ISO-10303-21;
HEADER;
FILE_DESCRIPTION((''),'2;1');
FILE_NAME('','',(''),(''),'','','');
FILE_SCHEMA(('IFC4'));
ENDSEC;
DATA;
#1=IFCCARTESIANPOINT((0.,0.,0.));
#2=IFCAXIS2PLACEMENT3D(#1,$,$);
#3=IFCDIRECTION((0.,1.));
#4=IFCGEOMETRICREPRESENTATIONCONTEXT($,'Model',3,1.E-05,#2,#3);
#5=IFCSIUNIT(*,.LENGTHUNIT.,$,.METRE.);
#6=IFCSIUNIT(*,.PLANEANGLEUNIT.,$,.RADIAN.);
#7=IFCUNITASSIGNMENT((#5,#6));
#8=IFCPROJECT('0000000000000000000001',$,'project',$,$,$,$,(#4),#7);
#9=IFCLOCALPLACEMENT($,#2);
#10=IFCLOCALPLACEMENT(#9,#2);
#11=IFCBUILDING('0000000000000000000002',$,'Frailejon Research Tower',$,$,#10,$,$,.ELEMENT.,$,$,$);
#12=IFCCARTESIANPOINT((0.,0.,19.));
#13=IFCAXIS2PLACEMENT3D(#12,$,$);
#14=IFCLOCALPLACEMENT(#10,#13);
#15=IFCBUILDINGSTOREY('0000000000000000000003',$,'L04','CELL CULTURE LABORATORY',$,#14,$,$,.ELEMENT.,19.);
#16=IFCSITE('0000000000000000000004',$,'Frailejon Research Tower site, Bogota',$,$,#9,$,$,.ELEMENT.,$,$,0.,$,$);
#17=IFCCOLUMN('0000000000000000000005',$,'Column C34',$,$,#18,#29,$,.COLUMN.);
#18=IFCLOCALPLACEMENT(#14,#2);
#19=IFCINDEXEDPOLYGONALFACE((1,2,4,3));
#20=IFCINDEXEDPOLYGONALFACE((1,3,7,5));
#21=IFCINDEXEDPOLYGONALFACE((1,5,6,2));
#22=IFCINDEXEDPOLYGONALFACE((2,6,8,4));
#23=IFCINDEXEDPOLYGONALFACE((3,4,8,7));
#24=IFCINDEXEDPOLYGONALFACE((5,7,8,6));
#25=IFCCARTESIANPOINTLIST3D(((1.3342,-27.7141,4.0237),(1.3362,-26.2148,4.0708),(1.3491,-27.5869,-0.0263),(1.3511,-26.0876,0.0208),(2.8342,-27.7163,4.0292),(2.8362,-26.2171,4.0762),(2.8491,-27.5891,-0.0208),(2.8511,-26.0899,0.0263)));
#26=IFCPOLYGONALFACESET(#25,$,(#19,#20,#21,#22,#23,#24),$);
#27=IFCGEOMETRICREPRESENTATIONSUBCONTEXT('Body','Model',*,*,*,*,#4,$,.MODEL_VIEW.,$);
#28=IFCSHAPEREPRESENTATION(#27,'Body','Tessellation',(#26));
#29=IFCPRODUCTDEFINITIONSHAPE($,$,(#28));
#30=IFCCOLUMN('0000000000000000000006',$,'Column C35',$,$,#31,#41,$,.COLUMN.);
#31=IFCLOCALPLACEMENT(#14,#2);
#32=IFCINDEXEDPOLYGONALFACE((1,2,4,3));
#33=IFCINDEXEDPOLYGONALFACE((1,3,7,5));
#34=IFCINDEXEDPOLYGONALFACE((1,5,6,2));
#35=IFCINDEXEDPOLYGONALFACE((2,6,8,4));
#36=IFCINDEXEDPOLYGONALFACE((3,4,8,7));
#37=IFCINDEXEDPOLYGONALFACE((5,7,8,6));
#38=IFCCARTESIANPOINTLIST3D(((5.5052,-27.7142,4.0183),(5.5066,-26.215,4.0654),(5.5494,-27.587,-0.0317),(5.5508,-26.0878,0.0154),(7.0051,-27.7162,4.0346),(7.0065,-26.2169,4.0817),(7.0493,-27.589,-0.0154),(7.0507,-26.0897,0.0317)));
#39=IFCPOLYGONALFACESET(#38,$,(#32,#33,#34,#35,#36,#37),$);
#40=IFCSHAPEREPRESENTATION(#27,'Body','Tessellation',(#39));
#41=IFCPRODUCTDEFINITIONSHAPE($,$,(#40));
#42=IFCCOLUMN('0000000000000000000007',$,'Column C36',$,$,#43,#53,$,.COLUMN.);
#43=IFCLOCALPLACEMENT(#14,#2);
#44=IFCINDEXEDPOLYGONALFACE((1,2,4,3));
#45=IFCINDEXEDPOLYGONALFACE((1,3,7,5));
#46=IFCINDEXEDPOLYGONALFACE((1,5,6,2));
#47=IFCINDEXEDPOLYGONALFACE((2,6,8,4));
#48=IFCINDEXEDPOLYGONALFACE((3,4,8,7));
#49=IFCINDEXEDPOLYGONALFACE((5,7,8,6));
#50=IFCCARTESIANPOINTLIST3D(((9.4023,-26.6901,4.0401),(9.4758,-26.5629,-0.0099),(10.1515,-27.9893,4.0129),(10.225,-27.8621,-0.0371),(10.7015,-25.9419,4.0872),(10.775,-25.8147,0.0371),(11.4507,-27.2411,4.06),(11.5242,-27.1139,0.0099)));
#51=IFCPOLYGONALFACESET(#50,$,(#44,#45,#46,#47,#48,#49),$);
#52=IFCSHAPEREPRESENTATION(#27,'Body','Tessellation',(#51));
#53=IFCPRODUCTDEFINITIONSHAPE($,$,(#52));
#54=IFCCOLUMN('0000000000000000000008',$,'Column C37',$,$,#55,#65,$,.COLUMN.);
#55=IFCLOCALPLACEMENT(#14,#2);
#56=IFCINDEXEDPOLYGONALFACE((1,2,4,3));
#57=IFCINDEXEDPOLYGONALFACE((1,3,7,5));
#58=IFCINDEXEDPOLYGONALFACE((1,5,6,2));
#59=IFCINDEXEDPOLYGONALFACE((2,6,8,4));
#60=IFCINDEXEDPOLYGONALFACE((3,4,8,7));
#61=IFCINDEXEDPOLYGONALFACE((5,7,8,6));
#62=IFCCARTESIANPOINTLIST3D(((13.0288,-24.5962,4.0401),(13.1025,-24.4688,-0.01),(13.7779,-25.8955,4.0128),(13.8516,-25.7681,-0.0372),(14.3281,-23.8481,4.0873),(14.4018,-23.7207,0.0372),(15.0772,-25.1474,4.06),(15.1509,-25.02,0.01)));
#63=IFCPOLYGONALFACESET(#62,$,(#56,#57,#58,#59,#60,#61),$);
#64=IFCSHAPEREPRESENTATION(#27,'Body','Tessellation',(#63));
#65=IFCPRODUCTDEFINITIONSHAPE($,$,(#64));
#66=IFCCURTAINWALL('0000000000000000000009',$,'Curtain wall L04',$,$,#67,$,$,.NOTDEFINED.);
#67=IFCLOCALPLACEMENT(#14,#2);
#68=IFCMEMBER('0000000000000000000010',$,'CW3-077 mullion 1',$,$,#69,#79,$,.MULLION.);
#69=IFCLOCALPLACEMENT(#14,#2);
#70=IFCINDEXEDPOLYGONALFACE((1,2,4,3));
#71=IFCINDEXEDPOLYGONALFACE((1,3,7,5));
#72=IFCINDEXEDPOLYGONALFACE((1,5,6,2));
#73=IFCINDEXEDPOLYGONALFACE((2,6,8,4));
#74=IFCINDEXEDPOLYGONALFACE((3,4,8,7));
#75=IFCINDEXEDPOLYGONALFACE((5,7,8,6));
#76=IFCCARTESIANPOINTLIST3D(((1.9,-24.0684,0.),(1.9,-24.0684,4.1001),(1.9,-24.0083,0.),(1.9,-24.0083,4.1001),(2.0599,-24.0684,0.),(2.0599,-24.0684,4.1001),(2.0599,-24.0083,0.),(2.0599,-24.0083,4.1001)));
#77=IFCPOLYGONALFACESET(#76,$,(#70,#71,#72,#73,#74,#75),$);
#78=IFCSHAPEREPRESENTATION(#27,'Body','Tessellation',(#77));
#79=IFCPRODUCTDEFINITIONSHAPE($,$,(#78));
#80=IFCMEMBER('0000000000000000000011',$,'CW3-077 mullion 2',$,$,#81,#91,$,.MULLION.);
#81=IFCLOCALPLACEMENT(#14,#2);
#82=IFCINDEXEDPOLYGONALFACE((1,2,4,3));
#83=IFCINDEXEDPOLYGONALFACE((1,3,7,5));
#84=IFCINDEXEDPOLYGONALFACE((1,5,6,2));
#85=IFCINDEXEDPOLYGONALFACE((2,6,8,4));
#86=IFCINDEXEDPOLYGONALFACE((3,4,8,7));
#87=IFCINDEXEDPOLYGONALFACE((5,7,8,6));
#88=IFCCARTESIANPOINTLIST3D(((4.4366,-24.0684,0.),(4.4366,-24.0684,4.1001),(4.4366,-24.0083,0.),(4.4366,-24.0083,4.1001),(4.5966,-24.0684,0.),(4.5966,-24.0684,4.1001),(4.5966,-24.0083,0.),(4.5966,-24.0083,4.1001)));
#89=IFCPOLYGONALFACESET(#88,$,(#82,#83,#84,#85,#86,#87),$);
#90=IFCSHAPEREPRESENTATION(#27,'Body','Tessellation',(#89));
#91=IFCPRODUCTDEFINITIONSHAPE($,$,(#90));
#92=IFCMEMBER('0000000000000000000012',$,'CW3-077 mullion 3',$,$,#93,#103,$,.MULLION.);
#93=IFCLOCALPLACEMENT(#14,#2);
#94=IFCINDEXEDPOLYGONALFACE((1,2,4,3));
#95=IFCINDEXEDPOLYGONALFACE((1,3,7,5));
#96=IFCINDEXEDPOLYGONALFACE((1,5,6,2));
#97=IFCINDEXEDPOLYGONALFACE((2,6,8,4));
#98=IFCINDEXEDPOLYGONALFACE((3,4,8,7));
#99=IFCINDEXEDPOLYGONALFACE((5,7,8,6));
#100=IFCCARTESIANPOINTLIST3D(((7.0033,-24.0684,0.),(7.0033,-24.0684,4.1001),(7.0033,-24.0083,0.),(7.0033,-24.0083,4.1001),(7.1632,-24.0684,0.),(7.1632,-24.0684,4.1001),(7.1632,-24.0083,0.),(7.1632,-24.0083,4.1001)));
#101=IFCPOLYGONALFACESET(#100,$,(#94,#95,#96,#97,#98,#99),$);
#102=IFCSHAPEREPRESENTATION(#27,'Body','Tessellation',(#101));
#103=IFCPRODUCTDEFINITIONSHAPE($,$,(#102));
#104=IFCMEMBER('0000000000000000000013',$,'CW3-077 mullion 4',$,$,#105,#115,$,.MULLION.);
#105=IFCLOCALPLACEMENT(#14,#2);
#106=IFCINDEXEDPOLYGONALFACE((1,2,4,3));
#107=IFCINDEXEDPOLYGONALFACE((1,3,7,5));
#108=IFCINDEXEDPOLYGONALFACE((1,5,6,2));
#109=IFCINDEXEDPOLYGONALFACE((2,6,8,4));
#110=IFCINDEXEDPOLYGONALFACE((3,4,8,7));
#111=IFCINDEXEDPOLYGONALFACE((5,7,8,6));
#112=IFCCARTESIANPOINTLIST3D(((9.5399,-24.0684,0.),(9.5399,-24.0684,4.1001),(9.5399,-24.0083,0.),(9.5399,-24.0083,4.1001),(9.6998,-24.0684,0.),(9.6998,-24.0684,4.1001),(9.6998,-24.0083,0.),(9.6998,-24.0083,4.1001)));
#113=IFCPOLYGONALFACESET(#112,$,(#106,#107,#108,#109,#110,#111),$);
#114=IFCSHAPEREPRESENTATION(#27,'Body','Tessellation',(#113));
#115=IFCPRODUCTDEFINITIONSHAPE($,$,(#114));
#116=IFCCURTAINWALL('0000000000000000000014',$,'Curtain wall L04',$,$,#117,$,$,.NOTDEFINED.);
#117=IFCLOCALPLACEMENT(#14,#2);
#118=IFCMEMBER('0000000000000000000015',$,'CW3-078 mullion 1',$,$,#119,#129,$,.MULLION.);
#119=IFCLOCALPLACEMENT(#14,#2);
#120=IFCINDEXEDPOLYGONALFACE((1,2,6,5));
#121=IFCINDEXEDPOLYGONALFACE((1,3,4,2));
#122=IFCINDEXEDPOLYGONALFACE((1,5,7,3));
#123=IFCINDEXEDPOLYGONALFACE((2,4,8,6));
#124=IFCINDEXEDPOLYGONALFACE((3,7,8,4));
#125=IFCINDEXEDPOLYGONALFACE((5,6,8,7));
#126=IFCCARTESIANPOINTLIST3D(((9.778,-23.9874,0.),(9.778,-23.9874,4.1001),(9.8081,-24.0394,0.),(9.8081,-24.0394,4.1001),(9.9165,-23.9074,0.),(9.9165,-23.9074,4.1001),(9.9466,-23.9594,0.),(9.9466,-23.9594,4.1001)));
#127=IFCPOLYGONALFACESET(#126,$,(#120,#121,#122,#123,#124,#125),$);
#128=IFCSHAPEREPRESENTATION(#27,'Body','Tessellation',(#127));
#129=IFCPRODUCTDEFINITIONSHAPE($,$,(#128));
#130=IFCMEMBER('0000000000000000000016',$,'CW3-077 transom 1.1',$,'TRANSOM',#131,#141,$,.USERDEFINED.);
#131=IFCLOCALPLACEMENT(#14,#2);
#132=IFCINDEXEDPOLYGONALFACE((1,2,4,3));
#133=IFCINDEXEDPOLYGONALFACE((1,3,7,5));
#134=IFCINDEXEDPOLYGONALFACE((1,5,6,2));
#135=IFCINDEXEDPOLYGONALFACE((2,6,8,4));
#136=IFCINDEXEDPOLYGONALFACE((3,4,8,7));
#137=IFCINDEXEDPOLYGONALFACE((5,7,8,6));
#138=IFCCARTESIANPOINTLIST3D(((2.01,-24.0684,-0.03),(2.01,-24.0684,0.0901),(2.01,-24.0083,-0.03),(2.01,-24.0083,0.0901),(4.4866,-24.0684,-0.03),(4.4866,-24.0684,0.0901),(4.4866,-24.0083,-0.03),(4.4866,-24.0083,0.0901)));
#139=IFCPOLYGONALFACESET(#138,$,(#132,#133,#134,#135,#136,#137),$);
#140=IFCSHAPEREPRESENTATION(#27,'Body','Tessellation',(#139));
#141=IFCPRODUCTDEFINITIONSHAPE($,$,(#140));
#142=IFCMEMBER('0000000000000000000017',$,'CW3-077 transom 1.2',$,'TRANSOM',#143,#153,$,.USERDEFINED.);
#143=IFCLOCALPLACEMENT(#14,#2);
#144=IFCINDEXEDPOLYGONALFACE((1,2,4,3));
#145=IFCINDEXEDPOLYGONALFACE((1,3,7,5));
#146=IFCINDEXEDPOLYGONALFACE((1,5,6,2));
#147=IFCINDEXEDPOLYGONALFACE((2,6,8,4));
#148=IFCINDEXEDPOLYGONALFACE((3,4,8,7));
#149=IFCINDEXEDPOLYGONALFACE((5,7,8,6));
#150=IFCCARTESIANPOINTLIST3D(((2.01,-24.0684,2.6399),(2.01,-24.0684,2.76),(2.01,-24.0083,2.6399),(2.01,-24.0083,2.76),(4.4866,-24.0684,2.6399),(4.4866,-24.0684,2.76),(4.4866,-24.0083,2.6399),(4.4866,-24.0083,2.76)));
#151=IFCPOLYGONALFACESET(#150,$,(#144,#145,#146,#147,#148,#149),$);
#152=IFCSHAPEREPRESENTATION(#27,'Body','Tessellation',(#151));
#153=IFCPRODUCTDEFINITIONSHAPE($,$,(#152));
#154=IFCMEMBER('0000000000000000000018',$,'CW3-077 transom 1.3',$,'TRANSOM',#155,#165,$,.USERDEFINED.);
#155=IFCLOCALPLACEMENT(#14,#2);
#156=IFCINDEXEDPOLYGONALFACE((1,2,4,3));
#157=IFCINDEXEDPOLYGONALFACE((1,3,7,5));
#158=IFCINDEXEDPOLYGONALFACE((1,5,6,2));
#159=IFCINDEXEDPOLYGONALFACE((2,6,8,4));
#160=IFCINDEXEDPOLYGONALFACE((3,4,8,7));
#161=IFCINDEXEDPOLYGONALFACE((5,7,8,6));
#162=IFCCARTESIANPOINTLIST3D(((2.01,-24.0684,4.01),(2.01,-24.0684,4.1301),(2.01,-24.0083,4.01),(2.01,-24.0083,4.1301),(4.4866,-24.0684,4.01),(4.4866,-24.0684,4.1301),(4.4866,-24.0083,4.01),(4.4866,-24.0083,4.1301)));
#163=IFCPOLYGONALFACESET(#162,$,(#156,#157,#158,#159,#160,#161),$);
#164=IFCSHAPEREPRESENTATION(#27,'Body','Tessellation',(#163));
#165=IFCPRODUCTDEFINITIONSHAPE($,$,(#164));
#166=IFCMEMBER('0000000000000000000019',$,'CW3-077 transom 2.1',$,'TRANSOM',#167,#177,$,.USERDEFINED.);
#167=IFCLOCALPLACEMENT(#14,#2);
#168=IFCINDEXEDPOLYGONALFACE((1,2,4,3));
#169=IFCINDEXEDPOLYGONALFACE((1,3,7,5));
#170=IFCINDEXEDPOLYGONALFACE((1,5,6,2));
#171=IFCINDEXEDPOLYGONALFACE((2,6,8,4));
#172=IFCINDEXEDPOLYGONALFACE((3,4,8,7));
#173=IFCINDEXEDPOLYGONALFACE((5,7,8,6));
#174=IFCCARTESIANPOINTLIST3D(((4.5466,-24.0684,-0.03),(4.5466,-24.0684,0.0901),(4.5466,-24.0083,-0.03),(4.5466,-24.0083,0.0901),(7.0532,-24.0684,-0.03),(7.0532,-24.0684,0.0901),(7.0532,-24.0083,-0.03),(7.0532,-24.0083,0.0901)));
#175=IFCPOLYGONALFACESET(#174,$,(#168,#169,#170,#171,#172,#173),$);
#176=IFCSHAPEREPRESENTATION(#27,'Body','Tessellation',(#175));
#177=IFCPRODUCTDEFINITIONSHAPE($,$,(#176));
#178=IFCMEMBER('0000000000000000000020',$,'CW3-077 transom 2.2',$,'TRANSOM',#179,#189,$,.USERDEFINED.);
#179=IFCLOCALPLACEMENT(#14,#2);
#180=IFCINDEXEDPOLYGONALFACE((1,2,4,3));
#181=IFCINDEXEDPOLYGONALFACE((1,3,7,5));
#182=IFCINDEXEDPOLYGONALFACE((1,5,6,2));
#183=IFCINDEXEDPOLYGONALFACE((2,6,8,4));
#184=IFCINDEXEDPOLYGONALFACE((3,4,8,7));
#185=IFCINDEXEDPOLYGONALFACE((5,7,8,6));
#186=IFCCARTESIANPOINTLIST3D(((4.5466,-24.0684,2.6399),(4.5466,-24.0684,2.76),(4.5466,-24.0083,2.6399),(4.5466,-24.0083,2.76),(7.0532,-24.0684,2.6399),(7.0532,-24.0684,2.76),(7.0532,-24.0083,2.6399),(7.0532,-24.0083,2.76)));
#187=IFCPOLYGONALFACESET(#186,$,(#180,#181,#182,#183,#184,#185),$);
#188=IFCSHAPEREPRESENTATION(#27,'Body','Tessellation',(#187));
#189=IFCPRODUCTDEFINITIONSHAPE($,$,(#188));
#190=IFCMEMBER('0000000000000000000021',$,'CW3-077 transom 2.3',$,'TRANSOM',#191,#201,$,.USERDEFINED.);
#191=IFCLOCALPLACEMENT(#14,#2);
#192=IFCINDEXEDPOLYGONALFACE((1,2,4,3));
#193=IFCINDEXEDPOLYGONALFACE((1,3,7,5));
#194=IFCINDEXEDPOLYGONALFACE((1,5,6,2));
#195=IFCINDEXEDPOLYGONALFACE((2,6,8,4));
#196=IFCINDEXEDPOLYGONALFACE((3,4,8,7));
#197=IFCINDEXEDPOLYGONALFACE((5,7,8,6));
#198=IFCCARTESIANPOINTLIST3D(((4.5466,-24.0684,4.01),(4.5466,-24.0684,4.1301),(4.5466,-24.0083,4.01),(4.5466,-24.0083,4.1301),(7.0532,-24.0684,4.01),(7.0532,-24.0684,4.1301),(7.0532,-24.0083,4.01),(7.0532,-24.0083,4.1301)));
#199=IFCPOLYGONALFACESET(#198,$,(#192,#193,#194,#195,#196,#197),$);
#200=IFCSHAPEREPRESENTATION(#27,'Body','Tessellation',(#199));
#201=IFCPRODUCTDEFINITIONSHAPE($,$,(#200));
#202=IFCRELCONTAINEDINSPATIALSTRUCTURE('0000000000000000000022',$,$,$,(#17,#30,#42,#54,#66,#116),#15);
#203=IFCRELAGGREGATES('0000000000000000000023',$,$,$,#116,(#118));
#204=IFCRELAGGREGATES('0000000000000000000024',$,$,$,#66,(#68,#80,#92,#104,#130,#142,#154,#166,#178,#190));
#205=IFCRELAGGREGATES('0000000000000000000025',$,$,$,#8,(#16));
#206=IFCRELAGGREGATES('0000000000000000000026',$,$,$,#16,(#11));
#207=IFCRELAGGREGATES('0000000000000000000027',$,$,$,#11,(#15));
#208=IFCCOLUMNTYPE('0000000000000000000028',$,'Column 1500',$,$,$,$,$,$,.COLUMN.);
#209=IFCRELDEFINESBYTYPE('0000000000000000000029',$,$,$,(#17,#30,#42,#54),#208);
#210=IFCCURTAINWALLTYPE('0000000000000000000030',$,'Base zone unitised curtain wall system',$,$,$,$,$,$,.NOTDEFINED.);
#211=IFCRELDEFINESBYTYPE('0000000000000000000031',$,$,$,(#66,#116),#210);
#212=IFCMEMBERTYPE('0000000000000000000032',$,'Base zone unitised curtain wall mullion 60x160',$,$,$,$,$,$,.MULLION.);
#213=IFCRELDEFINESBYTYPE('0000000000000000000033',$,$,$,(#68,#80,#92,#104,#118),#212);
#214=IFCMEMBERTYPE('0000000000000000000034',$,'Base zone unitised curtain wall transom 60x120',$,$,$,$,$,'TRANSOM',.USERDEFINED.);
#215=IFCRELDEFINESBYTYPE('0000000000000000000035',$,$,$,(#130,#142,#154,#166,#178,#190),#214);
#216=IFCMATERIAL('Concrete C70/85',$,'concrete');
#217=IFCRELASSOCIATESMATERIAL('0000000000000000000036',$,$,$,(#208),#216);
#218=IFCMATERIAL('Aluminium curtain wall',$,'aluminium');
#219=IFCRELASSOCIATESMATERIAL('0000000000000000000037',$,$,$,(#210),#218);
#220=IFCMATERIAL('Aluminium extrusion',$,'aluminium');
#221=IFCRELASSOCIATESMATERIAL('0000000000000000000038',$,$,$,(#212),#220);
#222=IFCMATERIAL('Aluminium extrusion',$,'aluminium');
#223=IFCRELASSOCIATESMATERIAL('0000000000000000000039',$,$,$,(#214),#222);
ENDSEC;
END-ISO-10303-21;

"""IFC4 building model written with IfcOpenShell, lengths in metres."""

from ifc_helpers import new_model, si_unit, direction, frame, origin, origin_2d, place, context, subcontext, project, spatial, rectangle, extrude, material, material_profile, profile_set, type_object, element, aggregate, save


model = new_model("IFC4")

# Units and contexts
model_context = context("Model", 3, precision=1e-05, world=origin(), true_north=direction((0.0, 1.0)))
body_context = subcontext(model_context, "Body", "Model", "MODEL_VIEW")
ifc_project = project(units=[si_unit("LENGTHUNIT", "METRE"), si_unit("PLANEANGLEUNIT", "RADIAN")], contexts=[model_context])

# Site, building, storey
site_placement = place(None, origin())
site = spatial("IfcSite", under=ifc_project, at=site_placement, Name="Frailejon Research Tower site, Bogota", CompositionType="ELEMENT", RefElevation=0.0)
building_placement = place(site_placement, origin())
building = spatial("IfcBuilding", under=site, at=building_placement, Name="Frailejon Research Tower", CompositionType="ELEMENT")
storey_placement = place(building_placement, frame((0.0, 0.0, 19.0)))
storey = spatial("IfcBuildingStorey", under=building, at=storey_placement, Name="L04", Description="CELL CULTURE LABORATORY", CompositionType="ELEMENT", Elevation=19.0)

# Columns
ifc_material_1 = material(Name="Concrete C70/85", Category="concrete")
ifc_material_profile_1 = material_profile(ifc_material_1, rectangle(XDim=1.5, YDim=1.5, at=origin_2d()), Name="Column 1500")
ifc_profile_set_1 = profile_set([ifc_material_profile_1], Name="Concrete C70/85")
column_type = type_object("IfcColumnType", Name="Column 1500", PredefinedType="COLUMN", material=ifc_profile_set_1)
column_1_placement = place(storey_placement, frame((2.1001, -26.8384, 0.0), z_axis=(-0.003675, -0.031391, 0.9995), x_axis=(0.999992, -0.001487, 0.00363)))
element("IfcColumn", 1, at=column_1_placement, inside=storey, type_object=column_type, Name="Column C34", PredefinedType="COLUMN", context=body_context, shape_type="SweptSolid", body=[
    extrude(rectangle(XDim=1.5, YDim=1.5, at=origin_2d()), origin(), (0.0, 0.0, 1.0), 4.052),
])
column_2_placement = place(storey_placement, frame((6.3, -26.8384, 0.0), z_axis=(-0.010905, -0.031389, 0.999448), x_axis=(0.99994, -0.001287, 0.01087)))
element("IfcColumn", 2, at=column_2_placement, inside=storey, type_object=column_type, Name="Column C35", PredefinedType="COLUMN", context=body_context, shape_type="SweptSolid", body=[
    extrude(rectangle(XDim=1.5, YDim=1.5, at=origin_2d()), origin(), (0.0, 0.0, 1.0), 4.0522),
])
for number, where, z_axis, x_axis, name in (
    (3, (10.5, -26.8384, 0.0), (-0.018133, -0.031386, 0.999343), (0.866156, 0.498787, 0.031381), "Column C36"),
    (4, (14.1267, -24.7444, 0.0), (-0.018193, -0.031446, 0.99934), (0.866186, 0.49873, 0.031462), "Column C37"),
):
    element("IfcColumn", number, at=place(storey_placement, frame(where, z_axis=z_axis, x_axis=x_axis)), inside=storey, type_object=column_type, Name=name, PredefinedType="COLUMN", context=body_context, shape_type="SweptSolid", body=[
        extrude(rectangle(XDim=1.5, YDim=1.5, at=origin_2d()), origin(), (0.0, 0.0, 1.0), 4.0527),
    ])

# Curtain wall, members
ifc_material_2 = material(Name="Aluminium curtain wall", Category="aluminium")
curtain_wall_type = type_object("IfcCurtainWallType", Name="Base zone unitised curtain wall system", PredefinedType="NOTDEFINED", material=ifc_material_2)
curtain_wall_1_placement = place(storey_placement, origin())
curtain_wall_1 = element("IfcCurtainWall", 5, at=curtain_wall_1_placement, inside=storey, type_object=curtain_wall_type, Name="Curtain wall L04", PredefinedType="NOTDEFINED")
ifc_material_3 = material(Name="Aluminium extrusion", Category="aluminium")
ifc_material_profile_2 = material_profile(ifc_material_3, rectangle(XDim=0.0601, YDim=0.1599, at=origin_2d()), Name="Base zone unitised curtain wall mullion 60x160")
ifc_profile_set_2 = profile_set([ifc_material_profile_2], Name="Aluminium extrusion")
member_type_1 = type_object("IfcMemberType", Name="Base zone unitised curtain wall mullion 60x160", PredefinedType="MULLION", material=ifc_profile_set_2)
member_1_placement = place(storey_placement, frame((1.98, -24.0383, 0.0), z_axis=(0.0, 0.0, 1.0), x_axis=(0.0, 1.0, 0.0)))
member_1 = element("IfcMember", 6, at=member_1_placement, type_object=member_type_1, Name="CW3-077 mullion 1", PredefinedType="MULLION", context=body_context, shape_type="SweptSolid", body=[
    extrude(rectangle(XDim=0.0601, YDim=0.1599, at=origin_2d()), origin(), (0.0, 0.0, 1.0), 4.1001),
])
member_2_placement = place(storey_placement, frame((4.5166, -24.0383, 0.0), z_axis=(0.0, 0.0, 1.0), x_axis=(0.0, 1.0, 0.0)))
member_2 = element("IfcMember", 7, at=member_2_placement, type_object=member_type_1, Name="CW3-077 mullion 2", PredefinedType="MULLION", context=body_context, shape_type="SweptSolid", body=[
    extrude(rectangle(XDim=0.0601, YDim=0.1599, at=origin_2d()), origin(), (0.0, 0.0, 1.0), 4.1001),
])
member_3_placement = place(storey_placement, frame((7.0833, -24.0383, 0.0), z_axis=(0.0, 0.0, 1.0), x_axis=(0.0, 1.0, 0.0)))
member_3 = element("IfcMember", 8, at=member_3_placement, type_object=member_type_1, Name="CW3-077 mullion 3", PredefinedType="MULLION", context=body_context, shape_type="SweptSolid", body=[
    extrude(rectangle(XDim=0.0601, YDim=0.1599, at=origin_2d()), origin(), (0.0, 0.0, 1.0), 4.1001),
])
member_4_placement = place(storey_placement, frame((9.6199, -24.0383, 0.0), z_axis=(0.0, 0.0, 1.0), x_axis=(0.0, 1.0, 0.0)))
member_4 = element("IfcMember", 9, at=member_4_placement, type_object=member_type_1, Name="CW3-077 mullion 4", PredefinedType="MULLION", context=body_context, shape_type="SweptSolid", body=[
    extrude(rectangle(XDim=0.0601, YDim=0.1599, at=origin_2d()), origin(), (0.0, 0.0, 1.0), 4.1001),
])

# Curtain wall, member
curtain_wall_2_placement = place(storey_placement, origin())
curtain_wall_2 = element("IfcCurtainWall", 10, at=curtain_wall_2_placement, inside=storey, type_object=curtain_wall_type, Name="Curtain wall L04", PredefinedType="NOTDEFINED")
member_5_placement = place(storey_placement, frame((9.8623, -23.9734, 0.0), z_axis=(0.0, 0.0, 1.0), x_axis=(-0.499998, 0.866026, 0.0)))
member_5 = element("IfcMember", 11, at=member_5_placement, type_object=member_type_1, Name="CW3-078 mullion 1", PredefinedType="MULLION", context=body_context, shape_type="SweptSolid", body=[
    extrude(rectangle(XDim=0.0601, YDim=0.1599, at=origin_2d()), origin(), (0.0, 0.0, 1.0), 4.1001),
])

# Members
ifc_material_4 = material(Name="Aluminium extrusion", Category="aluminium")
ifc_material_profile_3 = material_profile(ifc_material_4, rectangle(XDim=0.0601, YDim=0.1201, at=origin_2d()), Name="Base zone unitised curtain wall transom 60x120")
ifc_profile_set_3 = profile_set([ifc_material_profile_3], Name="Aluminium extrusion")
member_type_2 = type_object("IfcMemberType", Name="Base zone unitised curtain wall transom 60x120", ElementType="TRANSOM", PredefinedType="USERDEFINED", material=ifc_profile_set_3)
member_6_placement = place(storey_placement, frame((2.01, -24.0383, 0.03), z_axis=(1.0, 0.0, 0.0), x_axis=(0.0, 1.0, 0.0)))
member_6 = element("IfcMember", 12, at=member_6_placement, type_object=member_type_2, Name="CW3-077 transom 1.1", ObjectType="TRANSOM", PredefinedType="USERDEFINED", context=body_context, shape_type="SweptSolid", body=[
    extrude(rectangle(XDim=0.0601, YDim=0.1201, at=origin_2d()), origin(), (0.0, 0.0, 1.0), 2.4766),
])
member_7_placement = place(storey_placement, frame((2.01, -24.0383, 2.7), z_axis=(1.0, 0.0, 0.0), x_axis=(0.0, 1.0, 0.0)))
member_7 = element("IfcMember", 13, at=member_7_placement, type_object=member_type_2, Name="CW3-077 transom 1.2", ObjectType="TRANSOM", PredefinedType="USERDEFINED", context=body_context, shape_type="SweptSolid", body=[
    extrude(rectangle(XDim=0.0601, YDim=0.1201, at=origin_2d()), origin(), (0.0, 0.0, 1.0), 2.4766),
])
member_8_placement = place(storey_placement, frame((2.01, -24.0383, 4.0701), z_axis=(1.0, 0.0, 0.0), x_axis=(0.0, 1.0, 0.0)))
member_8 = element("IfcMember", 14, at=member_8_placement, type_object=member_type_2, Name="CW3-077 transom 1.3", ObjectType="TRANSOM", PredefinedType="USERDEFINED", context=body_context, shape_type="SweptSolid", body=[
    extrude(rectangle(XDim=0.0601, YDim=0.1201, at=origin_2d()), origin(), (0.0, 0.0, 1.0), 2.4766),
])
member_9_placement = place(storey_placement, frame((4.5466, -24.0383, 0.03), z_axis=(1.0, 0.0, 0.0), x_axis=(0.0, 1.0, 0.0)))
member_9 = element("IfcMember", 15, at=member_9_placement, type_object=member_type_2, Name="CW3-077 transom 2.1", ObjectType="TRANSOM", PredefinedType="USERDEFINED", context=body_context, shape_type="SweptSolid", body=[
    extrude(rectangle(XDim=0.0601, YDim=0.1201, at=origin_2d()), origin(), (0.0, 0.0, 1.0), 2.5066),
])
member_10_placement = place(storey_placement, frame((4.5466, -24.0383, 2.7), z_axis=(1.0, 0.0, 0.0), x_axis=(0.0, 1.0, 0.0)))
member_10 = element("IfcMember", 16, at=member_10_placement, type_object=member_type_2, Name="CW3-077 transom 2.2", ObjectType="TRANSOM", PredefinedType="USERDEFINED", context=body_context, shape_type="SweptSolid", body=[
    extrude(rectangle(XDim=0.0601, YDim=0.1201, at=origin_2d()), origin(), (0.0, 0.0, 1.0), 2.5066),
])
member_11_placement = place(storey_placement, frame((4.5466, -24.0383, 4.0701), z_axis=(1.0, 0.0, 0.0), x_axis=(0.0, 1.0, 0.0)))
member_11 = element("IfcMember", 17, at=member_11_placement, type_object=member_type_2, Name="CW3-077 transom 2.3", ObjectType="TRANSOM", PredefinedType="USERDEFINED", context=body_context, shape_type="SweptSolid", body=[
    extrude(rectangle(XDim=0.0601, YDim=0.1201, at=origin_2d()), origin(), (0.0, 0.0, 1.0), 2.5066),
])
aggregate(curtain_wall_2, [member_5])

aggregate(curtain_wall_1, [member_1, member_2, member_3, member_4, member_6, member_7, member_8, member_9, member_10, member_11])

save(model, "model.ifc")
